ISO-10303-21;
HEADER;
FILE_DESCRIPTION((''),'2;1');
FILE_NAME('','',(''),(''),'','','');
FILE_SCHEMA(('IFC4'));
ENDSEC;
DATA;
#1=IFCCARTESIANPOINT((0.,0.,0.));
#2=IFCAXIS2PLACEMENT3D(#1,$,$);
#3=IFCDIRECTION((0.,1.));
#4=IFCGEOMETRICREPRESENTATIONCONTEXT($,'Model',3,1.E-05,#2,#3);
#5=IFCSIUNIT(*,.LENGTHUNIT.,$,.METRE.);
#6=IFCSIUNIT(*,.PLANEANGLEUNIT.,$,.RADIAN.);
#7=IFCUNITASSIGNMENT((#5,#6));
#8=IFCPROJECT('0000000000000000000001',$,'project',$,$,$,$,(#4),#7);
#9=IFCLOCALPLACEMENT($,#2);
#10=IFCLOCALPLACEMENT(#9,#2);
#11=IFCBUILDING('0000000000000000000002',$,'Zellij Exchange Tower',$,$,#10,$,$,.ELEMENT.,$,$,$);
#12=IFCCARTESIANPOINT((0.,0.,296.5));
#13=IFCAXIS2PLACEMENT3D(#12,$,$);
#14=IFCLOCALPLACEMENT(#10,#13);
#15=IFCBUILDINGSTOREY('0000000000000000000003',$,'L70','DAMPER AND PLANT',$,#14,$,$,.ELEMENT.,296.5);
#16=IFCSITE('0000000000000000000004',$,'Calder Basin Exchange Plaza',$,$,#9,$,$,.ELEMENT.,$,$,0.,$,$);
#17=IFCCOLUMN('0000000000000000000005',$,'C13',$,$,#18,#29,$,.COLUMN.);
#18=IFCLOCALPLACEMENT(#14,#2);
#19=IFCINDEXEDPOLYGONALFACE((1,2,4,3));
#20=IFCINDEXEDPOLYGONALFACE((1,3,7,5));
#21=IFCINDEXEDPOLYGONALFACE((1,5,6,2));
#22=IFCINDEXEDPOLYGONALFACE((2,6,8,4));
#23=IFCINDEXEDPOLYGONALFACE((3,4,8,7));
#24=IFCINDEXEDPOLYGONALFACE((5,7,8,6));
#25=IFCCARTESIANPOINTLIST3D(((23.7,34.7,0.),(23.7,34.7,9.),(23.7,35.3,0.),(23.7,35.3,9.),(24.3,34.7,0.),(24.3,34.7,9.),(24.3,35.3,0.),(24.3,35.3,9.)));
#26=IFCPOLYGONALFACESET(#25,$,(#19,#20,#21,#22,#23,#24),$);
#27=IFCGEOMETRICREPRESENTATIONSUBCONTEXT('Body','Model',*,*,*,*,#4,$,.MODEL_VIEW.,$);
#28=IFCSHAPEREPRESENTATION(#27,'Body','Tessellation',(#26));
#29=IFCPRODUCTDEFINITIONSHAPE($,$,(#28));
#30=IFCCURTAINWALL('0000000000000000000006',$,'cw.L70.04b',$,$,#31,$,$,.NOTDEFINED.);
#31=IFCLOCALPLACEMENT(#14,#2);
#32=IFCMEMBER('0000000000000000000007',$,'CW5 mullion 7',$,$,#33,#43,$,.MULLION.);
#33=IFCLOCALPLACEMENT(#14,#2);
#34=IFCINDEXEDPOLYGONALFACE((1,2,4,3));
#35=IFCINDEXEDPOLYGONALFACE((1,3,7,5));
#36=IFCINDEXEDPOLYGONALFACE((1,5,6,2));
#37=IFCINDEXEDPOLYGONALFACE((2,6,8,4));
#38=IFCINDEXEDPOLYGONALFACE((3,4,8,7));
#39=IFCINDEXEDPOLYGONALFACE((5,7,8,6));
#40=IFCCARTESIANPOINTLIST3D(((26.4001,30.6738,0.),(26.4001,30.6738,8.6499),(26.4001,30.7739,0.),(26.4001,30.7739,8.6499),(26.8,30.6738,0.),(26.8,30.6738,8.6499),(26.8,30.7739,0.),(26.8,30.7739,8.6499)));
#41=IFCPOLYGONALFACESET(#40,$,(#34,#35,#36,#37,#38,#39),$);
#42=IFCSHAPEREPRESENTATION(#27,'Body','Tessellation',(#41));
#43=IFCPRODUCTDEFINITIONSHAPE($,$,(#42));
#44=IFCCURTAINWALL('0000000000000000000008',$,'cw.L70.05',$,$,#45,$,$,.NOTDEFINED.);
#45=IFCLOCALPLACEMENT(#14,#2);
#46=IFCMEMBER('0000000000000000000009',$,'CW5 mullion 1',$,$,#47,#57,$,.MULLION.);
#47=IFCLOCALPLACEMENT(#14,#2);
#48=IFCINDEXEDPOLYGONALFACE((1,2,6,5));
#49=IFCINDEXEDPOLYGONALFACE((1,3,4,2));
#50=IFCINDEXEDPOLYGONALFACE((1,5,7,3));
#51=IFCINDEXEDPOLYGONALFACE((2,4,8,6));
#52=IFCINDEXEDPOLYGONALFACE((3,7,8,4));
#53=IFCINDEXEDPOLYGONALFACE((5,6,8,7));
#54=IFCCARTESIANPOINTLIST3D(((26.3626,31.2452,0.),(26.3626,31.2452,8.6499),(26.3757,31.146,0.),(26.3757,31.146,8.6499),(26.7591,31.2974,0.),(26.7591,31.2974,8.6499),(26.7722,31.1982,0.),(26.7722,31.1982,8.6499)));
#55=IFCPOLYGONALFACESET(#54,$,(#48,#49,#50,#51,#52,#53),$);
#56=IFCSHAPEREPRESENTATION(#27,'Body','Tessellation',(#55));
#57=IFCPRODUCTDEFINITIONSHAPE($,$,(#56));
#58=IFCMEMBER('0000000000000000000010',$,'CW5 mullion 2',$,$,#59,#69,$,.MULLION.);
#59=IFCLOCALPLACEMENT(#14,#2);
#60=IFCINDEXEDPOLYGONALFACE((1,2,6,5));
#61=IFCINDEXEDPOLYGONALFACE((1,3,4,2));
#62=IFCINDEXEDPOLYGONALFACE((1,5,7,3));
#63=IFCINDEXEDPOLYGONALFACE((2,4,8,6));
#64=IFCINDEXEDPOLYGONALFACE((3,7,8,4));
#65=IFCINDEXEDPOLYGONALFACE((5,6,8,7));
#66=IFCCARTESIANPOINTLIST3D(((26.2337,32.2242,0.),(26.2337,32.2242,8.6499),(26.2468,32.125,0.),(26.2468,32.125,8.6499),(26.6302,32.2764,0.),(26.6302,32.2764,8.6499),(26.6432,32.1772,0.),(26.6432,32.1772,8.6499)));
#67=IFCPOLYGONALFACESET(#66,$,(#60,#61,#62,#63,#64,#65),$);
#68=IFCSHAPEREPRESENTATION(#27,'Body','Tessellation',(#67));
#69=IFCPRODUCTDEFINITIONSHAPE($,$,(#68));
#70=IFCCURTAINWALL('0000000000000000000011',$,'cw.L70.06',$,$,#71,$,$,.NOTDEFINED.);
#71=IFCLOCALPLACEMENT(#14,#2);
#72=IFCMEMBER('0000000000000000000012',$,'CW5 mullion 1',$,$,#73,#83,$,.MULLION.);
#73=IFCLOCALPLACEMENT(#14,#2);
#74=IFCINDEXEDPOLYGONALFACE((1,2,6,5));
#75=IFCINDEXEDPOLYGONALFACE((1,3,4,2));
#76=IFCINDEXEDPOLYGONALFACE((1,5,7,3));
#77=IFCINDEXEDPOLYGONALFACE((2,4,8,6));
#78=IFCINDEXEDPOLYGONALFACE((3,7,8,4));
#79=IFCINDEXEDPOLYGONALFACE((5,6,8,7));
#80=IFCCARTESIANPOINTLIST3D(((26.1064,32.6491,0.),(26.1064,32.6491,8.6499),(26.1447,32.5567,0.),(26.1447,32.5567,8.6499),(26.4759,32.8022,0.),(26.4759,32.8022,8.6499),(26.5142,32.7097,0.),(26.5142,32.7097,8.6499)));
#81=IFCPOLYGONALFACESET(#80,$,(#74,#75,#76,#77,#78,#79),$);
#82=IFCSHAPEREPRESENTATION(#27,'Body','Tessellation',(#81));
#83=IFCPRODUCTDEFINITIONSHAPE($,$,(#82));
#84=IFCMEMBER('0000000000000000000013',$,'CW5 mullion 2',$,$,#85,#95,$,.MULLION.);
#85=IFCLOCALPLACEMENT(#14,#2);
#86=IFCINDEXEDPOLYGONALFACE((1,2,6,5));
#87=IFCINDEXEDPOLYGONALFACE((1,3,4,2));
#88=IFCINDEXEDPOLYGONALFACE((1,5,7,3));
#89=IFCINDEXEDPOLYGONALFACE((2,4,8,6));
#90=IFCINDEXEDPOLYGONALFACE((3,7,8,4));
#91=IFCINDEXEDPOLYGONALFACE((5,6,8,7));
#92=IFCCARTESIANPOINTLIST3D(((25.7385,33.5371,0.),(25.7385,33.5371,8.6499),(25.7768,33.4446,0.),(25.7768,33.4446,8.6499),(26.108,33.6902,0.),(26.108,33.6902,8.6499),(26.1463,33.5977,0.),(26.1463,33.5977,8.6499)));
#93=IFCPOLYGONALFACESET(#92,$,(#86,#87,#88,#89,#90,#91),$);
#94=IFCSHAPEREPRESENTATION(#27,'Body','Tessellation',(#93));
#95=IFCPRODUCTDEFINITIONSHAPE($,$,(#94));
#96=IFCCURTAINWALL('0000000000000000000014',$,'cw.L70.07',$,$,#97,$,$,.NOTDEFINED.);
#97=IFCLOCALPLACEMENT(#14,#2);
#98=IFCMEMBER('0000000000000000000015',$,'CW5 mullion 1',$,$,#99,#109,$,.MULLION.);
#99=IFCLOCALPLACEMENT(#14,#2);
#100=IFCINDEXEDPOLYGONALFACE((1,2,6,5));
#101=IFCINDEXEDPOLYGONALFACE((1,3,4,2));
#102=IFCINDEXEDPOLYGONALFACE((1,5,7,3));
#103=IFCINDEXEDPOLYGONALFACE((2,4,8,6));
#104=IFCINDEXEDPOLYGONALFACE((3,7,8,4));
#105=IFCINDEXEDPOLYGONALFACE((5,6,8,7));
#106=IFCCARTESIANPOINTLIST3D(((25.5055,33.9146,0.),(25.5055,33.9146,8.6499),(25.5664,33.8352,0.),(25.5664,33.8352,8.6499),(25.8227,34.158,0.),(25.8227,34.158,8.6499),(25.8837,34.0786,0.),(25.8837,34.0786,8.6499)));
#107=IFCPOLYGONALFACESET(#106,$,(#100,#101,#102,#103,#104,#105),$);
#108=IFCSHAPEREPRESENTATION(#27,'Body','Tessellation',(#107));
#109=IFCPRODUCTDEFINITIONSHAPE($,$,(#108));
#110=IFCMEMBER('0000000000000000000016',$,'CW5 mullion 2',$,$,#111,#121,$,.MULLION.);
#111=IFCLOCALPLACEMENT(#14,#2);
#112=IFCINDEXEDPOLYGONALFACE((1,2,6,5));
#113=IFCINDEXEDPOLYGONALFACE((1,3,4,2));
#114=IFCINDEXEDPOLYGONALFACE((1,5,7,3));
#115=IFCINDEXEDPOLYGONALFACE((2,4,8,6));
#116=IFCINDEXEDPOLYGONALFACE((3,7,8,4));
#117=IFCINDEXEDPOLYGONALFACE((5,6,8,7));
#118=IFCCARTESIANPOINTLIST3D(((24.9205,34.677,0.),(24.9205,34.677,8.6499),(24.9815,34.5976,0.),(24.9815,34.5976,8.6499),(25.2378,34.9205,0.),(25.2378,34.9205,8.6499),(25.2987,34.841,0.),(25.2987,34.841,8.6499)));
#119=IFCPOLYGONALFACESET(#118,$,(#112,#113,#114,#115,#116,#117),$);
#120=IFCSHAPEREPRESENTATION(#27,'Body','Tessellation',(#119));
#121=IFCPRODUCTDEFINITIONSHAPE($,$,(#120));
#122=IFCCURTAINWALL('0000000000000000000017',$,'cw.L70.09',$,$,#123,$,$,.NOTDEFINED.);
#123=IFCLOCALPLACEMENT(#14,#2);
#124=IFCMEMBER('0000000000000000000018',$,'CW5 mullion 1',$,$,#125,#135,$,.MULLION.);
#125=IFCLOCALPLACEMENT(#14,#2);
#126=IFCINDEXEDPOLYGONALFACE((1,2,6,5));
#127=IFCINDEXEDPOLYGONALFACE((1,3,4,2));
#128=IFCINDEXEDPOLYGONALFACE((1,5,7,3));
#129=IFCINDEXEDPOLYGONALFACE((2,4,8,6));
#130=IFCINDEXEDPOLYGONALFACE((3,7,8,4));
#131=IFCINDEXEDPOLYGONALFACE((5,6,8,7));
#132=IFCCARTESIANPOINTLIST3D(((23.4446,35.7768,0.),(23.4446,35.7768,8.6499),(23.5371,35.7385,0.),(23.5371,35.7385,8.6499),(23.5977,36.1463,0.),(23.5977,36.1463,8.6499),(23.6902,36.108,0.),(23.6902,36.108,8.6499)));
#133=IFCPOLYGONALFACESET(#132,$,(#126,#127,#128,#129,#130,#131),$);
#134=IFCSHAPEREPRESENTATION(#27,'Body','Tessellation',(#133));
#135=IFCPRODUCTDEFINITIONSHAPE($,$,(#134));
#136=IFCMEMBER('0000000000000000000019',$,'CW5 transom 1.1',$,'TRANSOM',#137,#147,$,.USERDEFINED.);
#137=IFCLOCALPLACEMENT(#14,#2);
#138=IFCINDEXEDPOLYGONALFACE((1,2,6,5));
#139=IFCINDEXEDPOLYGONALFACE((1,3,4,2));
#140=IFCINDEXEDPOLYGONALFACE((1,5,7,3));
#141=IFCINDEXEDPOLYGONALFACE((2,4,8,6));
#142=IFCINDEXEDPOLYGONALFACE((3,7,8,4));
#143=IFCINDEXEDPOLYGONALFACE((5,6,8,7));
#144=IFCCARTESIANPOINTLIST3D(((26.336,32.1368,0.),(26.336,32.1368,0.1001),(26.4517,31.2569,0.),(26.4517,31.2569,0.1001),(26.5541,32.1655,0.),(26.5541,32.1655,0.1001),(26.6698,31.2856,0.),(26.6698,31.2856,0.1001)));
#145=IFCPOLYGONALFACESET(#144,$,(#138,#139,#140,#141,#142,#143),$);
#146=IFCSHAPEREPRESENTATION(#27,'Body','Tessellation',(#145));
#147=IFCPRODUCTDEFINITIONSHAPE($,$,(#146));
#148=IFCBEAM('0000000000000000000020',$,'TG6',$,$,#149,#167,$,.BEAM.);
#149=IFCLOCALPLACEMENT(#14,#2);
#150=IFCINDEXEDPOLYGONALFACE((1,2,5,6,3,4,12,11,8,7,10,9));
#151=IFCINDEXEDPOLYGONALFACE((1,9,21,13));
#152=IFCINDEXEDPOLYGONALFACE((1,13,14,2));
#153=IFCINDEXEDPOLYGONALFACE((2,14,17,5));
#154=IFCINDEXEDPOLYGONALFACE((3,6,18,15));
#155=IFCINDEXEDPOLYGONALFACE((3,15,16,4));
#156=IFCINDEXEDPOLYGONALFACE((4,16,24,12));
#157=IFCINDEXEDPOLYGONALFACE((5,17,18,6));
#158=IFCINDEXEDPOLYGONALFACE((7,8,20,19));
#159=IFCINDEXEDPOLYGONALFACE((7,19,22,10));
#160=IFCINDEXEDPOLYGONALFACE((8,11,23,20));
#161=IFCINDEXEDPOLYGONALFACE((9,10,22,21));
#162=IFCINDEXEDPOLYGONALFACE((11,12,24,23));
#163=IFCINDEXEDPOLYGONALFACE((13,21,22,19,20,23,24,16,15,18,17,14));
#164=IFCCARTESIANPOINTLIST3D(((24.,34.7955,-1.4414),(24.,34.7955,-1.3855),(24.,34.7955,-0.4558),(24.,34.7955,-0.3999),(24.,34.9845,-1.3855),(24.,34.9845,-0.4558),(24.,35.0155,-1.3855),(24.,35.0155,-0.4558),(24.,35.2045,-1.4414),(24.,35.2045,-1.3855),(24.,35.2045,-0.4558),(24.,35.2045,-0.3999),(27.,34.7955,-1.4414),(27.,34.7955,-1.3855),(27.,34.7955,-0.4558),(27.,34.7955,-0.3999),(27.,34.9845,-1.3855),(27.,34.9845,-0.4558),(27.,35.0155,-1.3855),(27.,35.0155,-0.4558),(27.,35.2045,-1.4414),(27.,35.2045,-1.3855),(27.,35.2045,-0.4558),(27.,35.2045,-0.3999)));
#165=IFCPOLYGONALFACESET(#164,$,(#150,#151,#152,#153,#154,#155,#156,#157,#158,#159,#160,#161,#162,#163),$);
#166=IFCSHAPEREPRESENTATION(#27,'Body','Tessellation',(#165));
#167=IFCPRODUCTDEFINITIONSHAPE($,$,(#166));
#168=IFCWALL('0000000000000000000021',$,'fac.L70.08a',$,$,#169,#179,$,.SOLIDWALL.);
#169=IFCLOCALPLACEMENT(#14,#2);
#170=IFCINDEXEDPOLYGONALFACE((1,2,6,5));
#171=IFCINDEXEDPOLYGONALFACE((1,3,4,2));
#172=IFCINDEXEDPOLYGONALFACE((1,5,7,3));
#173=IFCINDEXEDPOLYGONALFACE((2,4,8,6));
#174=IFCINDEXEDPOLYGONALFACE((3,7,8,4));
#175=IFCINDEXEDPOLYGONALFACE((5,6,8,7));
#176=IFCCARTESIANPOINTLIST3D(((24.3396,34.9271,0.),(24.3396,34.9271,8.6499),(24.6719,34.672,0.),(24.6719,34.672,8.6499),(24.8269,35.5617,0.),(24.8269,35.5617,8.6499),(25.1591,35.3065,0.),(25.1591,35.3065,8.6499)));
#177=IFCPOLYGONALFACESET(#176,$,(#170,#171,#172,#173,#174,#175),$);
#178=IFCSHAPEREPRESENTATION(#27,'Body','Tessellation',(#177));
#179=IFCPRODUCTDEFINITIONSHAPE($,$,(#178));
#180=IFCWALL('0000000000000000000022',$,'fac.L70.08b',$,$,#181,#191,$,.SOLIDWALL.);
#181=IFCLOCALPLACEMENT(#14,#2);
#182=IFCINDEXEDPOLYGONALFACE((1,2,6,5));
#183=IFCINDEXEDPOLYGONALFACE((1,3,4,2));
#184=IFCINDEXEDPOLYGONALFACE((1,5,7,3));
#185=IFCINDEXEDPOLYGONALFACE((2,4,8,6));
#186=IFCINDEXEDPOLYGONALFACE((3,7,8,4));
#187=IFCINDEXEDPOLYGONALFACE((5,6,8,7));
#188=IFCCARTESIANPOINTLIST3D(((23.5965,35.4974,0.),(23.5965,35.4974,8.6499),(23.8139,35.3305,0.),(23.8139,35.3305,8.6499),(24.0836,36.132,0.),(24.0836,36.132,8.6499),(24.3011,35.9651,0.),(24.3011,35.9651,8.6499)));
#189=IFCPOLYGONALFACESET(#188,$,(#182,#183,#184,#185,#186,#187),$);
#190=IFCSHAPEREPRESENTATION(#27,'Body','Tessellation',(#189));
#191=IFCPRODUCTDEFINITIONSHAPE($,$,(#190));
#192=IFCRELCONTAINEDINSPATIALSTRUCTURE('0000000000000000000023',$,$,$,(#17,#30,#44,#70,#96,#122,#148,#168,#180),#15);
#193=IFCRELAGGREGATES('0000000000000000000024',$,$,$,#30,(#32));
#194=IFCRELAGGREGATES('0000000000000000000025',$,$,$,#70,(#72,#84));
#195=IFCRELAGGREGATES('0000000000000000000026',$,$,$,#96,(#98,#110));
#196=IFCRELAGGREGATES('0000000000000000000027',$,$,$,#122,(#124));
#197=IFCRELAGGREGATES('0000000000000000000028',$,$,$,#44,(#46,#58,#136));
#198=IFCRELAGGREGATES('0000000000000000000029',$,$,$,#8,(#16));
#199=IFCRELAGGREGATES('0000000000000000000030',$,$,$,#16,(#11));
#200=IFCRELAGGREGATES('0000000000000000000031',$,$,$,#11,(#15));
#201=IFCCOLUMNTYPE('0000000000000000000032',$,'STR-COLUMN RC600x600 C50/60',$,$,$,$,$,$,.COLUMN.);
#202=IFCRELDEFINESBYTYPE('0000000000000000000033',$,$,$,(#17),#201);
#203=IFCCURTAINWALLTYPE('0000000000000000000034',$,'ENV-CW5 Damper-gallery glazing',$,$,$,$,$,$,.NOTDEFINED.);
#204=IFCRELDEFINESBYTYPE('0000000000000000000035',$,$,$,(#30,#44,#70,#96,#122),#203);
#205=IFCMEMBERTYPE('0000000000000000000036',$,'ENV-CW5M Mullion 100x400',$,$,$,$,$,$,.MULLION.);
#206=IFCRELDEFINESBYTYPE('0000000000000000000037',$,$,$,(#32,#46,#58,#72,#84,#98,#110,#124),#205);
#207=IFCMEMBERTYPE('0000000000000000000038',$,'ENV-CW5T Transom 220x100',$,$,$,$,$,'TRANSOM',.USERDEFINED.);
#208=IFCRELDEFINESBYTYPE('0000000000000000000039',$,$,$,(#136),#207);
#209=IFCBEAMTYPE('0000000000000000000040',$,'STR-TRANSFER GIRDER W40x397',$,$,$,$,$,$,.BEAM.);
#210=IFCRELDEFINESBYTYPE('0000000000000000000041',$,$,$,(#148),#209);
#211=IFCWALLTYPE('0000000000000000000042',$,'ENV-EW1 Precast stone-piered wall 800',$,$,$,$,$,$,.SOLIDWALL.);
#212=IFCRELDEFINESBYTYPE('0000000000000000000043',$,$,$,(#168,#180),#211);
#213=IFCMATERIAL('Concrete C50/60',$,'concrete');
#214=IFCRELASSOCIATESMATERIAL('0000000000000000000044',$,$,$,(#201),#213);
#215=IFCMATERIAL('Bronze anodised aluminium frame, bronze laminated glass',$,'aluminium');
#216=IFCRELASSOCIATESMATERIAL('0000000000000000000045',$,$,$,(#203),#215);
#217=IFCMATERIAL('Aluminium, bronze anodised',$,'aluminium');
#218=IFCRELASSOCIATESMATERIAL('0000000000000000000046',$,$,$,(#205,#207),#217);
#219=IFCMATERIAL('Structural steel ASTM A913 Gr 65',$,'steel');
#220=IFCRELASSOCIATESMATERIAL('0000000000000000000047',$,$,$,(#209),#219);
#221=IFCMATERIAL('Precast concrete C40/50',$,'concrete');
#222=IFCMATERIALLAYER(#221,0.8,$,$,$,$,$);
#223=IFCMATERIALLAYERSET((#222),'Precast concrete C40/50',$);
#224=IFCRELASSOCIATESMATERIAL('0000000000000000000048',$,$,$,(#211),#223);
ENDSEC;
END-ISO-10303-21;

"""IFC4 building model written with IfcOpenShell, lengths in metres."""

from ifc_helpers import new_model, si_unit, direction, frame, frame_2d, origin, origin_2d, place, context, subcontext, project, spatial, rectangle, i_section, extrude, material, layer, layer_set, material_profile, profile_set, type_object, element, aggregate, save


model = new_model("IFC4")

# Units and contexts
model_context = context("Model", 3, precision=1e-05, world=origin(), true_north=direction((0.0, 1.0)))
body_context = subcontext(model_context, "Body", "Model", "MODEL_VIEW")
ifc_project = project(units=[si_unit("LENGTHUNIT", "METRE"), si_unit("PLANEANGLEUNIT", "RADIAN")], contexts=[model_context])

# Site, building, storey
site_placement = place(None, origin())
site = spatial("IfcSite", under=ifc_project, at=site_placement, Name="Calder Basin Exchange Plaza", CompositionType="ELEMENT", RefElevation=0.0)
building_placement = place(site_placement, origin())
building = spatial("IfcBuilding", under=site, at=building_placement, Name="Zellij Exchange Tower", CompositionType="ELEMENT")
storey_placement = place(building_placement, frame((0.0, 0.0, 296.5)))
storey = spatial("IfcBuildingStorey", under=building, at=storey_placement, Name="L70", Description="DAMPER AND PLANT", CompositionType="ELEMENT", Elevation=296.5)

# Column
ifc_material_1 = material(Name="Concrete C50/60", Category="concrete")
ifc_material_profile_1 = material_profile(ifc_material_1, rectangle(XDim=0.6001, YDim=0.6001, at=origin_2d()), Name="STR-COLUMN RC600x600 C50/60")
ifc_profile_set_1 = profile_set([ifc_material_profile_1], Name="Concrete C50/60")
column_type = type_object("IfcColumnType", Name="STR-COLUMN RC600x600 C50/60", PredefinedType="COLUMN", material=ifc_profile_set_1)
column_placement = place(storey_placement, frame((24.0, 35.0, 0.0), z_axis=(0.0, 0.0, 1.0), x_axis=(1.0, 0.0, 0.0)))
element("IfcColumn", 1, at=column_placement, inside=storey, type_object=column_type, Name="C13", PredefinedType="COLUMN", context=body_context, shape_type="SweptSolid", body=[
    extrude(rectangle(XDim=0.6001, YDim=0.6001, at=origin_2d()), origin(), (0.0, 0.0, 1.0), 9.0),
])

# Curtain wall, member
ifc_material_2 = material(Name="Bronze anodised aluminium frame, bronze laminated glass", Category="aluminium")
curtain_wall_type = type_object("IfcCurtainWallType", Name="ENV-CW5 Damper-gallery glazing", PredefinedType="NOTDEFINED", material=ifc_material_2)
curtain_wall_1_placement = place(storey_placement, origin())
curtain_wall_1 = element("IfcCurtainWall", 2, at=curtain_wall_1_placement, inside=storey, type_object=curtain_wall_type, Name="cw.L70.04b", PredefinedType="NOTDEFINED")
ifc_material_3 = material(Name="Aluminium, bronze anodised", Category="aluminium")
ifc_material_profile_2 = material_profile(ifc_material_3, rectangle(XDim=0.1001, YDim=0.3999, at=origin_2d()), Name="AL 100x400")
ifc_profile_set_2 = profile_set([ifc_material_profile_2], Name="Aluminium, bronze anodised")
member_type_1 = type_object("IfcMemberType", Name="ENV-CW5M Mullion 100x400", PredefinedType="MULLION", material=ifc_profile_set_2)
member_1_placement = place(storey_placement, frame((26.6001, 30.7239, 0.0), z_axis=(0.0, 0.0, 1.0), x_axis=(0.0, 1.0, 0.0)))
member_1 = element("IfcMember", 3, at=member_1_placement, type_object=member_type_1, Name="CW5 mullion 7", PredefinedType="MULLION", context=body_context, shape_type="SweptSolid", body=[
    extrude(rectangle(XDim=0.1001, YDim=0.3999, at=origin_2d()), origin(), (0.0, 0.0, 1.0), 8.6499),
])
aggregate(curtain_wall_1, [member_1])

# Curtain walls, members
curtain_wall_2_placement = place(storey_placement, origin())
curtain_wall_2 = element("IfcCurtainWall", 4, at=curtain_wall_2_placement, inside=storey, type_object=curtain_wall_type, Name="cw.L70.05", PredefinedType="NOTDEFINED")
member_2_placement = place(storey_placement, frame((26.5674, 31.2217, 0.0), z_axis=(0.0, 0.0, 1.0), x_axis=(-0.130495, 0.991449, 0.0)))
member_2 = element("IfcMember", 5, at=member_2_placement, type_object=member_type_1, Name="CW5 mullion 1", PredefinedType="MULLION", context=body_context, shape_type="SweptSolid", body=[
    extrude(rectangle(XDim=0.1001, YDim=0.3999, at=origin_2d()), origin(), (0.0, 0.0, 1.0), 8.6499),
])
member_3_placement = place(storey_placement, frame((26.4385, 32.2007, 0.0), z_axis=(0.0, 0.0, 1.0), x_axis=(-0.130495, 0.991449, 0.0)))
member_3 = element("IfcMember", 6, at=member_3_placement, type_object=member_type_1, Name="CW5 mullion 2", PredefinedType="MULLION", context=body_context, shape_type="SweptSolid", body=[
    extrude(rectangle(XDim=0.1001, YDim=0.3999, at=origin_2d()), origin(), (0.0, 0.0, 1.0), 8.6499),
])
curtain_wall_3_placement = place(storey_placement, origin())
curtain_wall_3 = element("IfcCurtainWall", 7, at=curtain_wall_3_placement, inside=storey, type_object=curtain_wall_type, Name="cw.L70.06", PredefinedType="NOTDEFINED")
member_4_placement = place(storey_placement, frame((26.3103, 32.6794, 0.0), z_axis=(0.0, 0.0, 1.0), x_axis=(-0.382754, 0.92385, 0.0)))
member_4 = element("IfcMember", 8, at=member_4_placement, type_object=member_type_1, Name="CW5 mullion 1", PredefinedType="MULLION", context=body_context, shape_type="SweptSolid", body=[
    extrude(rectangle(XDim=0.1001, YDim=0.3999, at=origin_2d()), origin(), (0.0, 0.0, 1.0), 8.6499),
])
member_5_placement = place(storey_placement, frame((25.9424, 33.5674, 0.0), z_axis=(0.0, 0.0, 1.0), x_axis=(-0.382754, 0.92385, 0.0)))
member_5 = element("IfcMember", 9, at=member_5_placement, type_object=member_type_1, Name="CW5 mullion 2", PredefinedType="MULLION", context=body_context, shape_type="SweptSolid", body=[
    extrude(rectangle(XDim=0.1001, YDim=0.3999, at=origin_2d()), origin(), (0.0, 0.0, 1.0), 8.6499),
])
aggregate(curtain_wall_3, [member_4, member_5])
curtain_wall_4_placement = place(storey_placement, origin())
curtain_wall_4 = element("IfcCurtainWall", 10, at=curtain_wall_4_placement, inside=storey, type_object=curtain_wall_type, Name="cw.L70.07", PredefinedType="NOTDEFINED")
member_6_placement = place(storey_placement, frame((25.6946, 33.9966, 0.0), z_axis=(0.0, 0.0, 1.0), x_axis=(-0.60874, 0.79337, 0.0)))
member_6 = element("IfcMember", 11, at=member_6_placement, type_object=member_type_1, Name="CW5 mullion 1", PredefinedType="MULLION", context=body_context, shape_type="SweptSolid", body=[
    extrude(rectangle(XDim=0.1001, YDim=0.3999, at=origin_2d()), origin(), (0.0, 0.0, 1.0), 8.6499),
])
member_7_placement = place(storey_placement, frame((25.1096, 34.759, 0.0), z_axis=(0.0, 0.0, 1.0), x_axis=(-0.60874, 0.79337, 0.0)))
member_7 = element("IfcMember", 12, at=member_7_placement, type_object=member_type_1, Name="CW5 mullion 2", PredefinedType="MULLION", context=body_context, shape_type="SweptSolid", body=[
    extrude(rectangle(XDim=0.1001, YDim=0.3999, at=origin_2d()), origin(), (0.0, 0.0, 1.0), 8.6499),
])
aggregate(curtain_wall_4, [member_6, member_7])

# Curtain wall, member
curtain_wall_5_placement = place(storey_placement, origin())
curtain_wall_5 = element("IfcCurtainWall", 13, at=curtain_wall_5_placement, inside=storey, type_object=curtain_wall_type, Name="cw.L70.09", PredefinedType="NOTDEFINED")
member_8_placement = place(storey_placement, frame((23.5674, 35.9424, 0.0), z_axis=(0.0, 0.0, 1.0), x_axis=(-0.92385, 0.382754, 0.0)))
member_8 = element("IfcMember", 14, at=member_8_placement, type_object=member_type_1, Name="CW5 mullion 1", PredefinedType="MULLION", context=body_context, shape_type="SweptSolid", body=[
    extrude(rectangle(XDim=0.1001, YDim=0.3999, at=origin_2d()), origin(), (0.0, 0.0, 1.0), 8.6499),
])
aggregate(curtain_wall_5, [member_8])

# Member
ifc_material_profile_3 = material_profile(ifc_material_3, rectangle(XDim=0.22, YDim=0.1001, at=origin_2d()), Name="AL 220x100")
ifc_profile_set_3 = profile_set([ifc_material_profile_3], Name="Aluminium, bronze anodised")
member_type_2 = type_object("IfcMemberType", Name="ENV-CW5T Transom 220x100", ElementType="TRANSOM", PredefinedType="USERDEFINED", material=ifc_profile_set_3)
member_9_placement = place(storey_placement, frame((26.5608, 31.2712, 0.05), z_axis=(-0.130398, 0.991462, 0.0), x_axis=(-0.991462, -0.130398, 0.0)))
member_9 = element("IfcMember", 15, at=member_9_placement, type_object=member_type_2, Name="CW5 transom 1.1", ObjectType="TRANSOM", PredefinedType="USERDEFINED", context=body_context, shape_type="SweptSolid", body=[
    extrude(rectangle(XDim=0.22, YDim=0.1001, at=origin_2d()), origin(), (0.0, 0.0, 1.0), 0.8875),
])
aggregate(curtain_wall_2, [member_2, member_3, member_9])

# Beam
ifc_material_4 = material(Name="Structural steel ASTM A913 Gr 65", Category="steel")
ifc_material_profile_4 = material_profile(ifc_material_4, i_section(OverallWidth=0.4089, OverallDepth=1.0415, WebThickness=0.031, FlangeThickness=0.0559, at=origin_2d()), Name="W40x397")
ifc_profile_set_4 = profile_set([ifc_material_profile_4], Name="Structural steel ASTM A913 Gr 65")
beam_type = type_object("IfcBeamType", Name="STR-TRANSFER GIRDER W40x397", PredefinedType="BEAM", material=ifc_profile_set_4)
beam_placement = place(storey_placement, frame((24.0, 35.0, -0.9207), z_axis=(1.0, 0.0, 0.0), x_axis=(0.0, 1.0, 0.0)))
element("IfcBeam", 16, at=beam_placement, inside=storey, type_object=beam_type, Name="TG6", PredefinedType="BEAM", context=body_context, shape_type="SweptSolid", body=[
    extrude(i_section(OverallWidth=0.4089, OverallDepth=1.0415, WebThickness=0.031, FlangeThickness=0.0559, at=origin_2d()), origin(), (0.0, 0.0, 1.0), 3.0),
])

# Walls
ifc_material_5 = material(Name="Precast concrete C40/50", Category="concrete")
ifc_layer_1 = layer(ifc_material_5, 0.8)
ifc_layer_set_1 = layer_set([ifc_layer_1], Name="Precast concrete C40/50")
wall_type_1 = type_object("IfcWallType", Name="ENV-EW1 Precast stone-piered wall 800", PredefinedType="SOLIDWALL", material=ifc_layer_set_1)
wall_1_placement = place(storey_placement, frame((24.9155, 34.9893, 0.0), z_axis=(0.0, 0.0, 1.0), x_axis=(-0.793165, 0.609006, 0.0)))
element("IfcWall", 17, at=wall_1_placement, inside=storey, type_object=wall_type_1, Name="fac.L70.08a", PredefinedType="SOLIDWALL", context=body_context, shape_type="SweptSolid", body=[
    extrude(rectangle(XDim=0.4189, YDim=0.8, at=frame_2d((0.2095, 0.0))), origin(), (0.0, 0.0, 1.0), 8.6499),
])
wall_2_placement = place(storey_placement, frame((24.0576, 35.6477, 0.0), z_axis=(0.0, 0.0, 1.0), x_axis=(-0.793219, 0.608936, 0.0)))
element("IfcWall", 18, at=wall_2_placement, inside=storey, type_object=wall_type_1, Name="fac.L70.08b", PredefinedType="SOLIDWALL", context=body_context, shape_type="SweptSolid", body=[
    extrude(rectangle(XDim=0.2742, YDim=0.8, at=frame_2d((0.1372, 0.0))), origin(), (0.0, 0.0, 1.0), 8.6499),
])

save(model, "model.ifc")
